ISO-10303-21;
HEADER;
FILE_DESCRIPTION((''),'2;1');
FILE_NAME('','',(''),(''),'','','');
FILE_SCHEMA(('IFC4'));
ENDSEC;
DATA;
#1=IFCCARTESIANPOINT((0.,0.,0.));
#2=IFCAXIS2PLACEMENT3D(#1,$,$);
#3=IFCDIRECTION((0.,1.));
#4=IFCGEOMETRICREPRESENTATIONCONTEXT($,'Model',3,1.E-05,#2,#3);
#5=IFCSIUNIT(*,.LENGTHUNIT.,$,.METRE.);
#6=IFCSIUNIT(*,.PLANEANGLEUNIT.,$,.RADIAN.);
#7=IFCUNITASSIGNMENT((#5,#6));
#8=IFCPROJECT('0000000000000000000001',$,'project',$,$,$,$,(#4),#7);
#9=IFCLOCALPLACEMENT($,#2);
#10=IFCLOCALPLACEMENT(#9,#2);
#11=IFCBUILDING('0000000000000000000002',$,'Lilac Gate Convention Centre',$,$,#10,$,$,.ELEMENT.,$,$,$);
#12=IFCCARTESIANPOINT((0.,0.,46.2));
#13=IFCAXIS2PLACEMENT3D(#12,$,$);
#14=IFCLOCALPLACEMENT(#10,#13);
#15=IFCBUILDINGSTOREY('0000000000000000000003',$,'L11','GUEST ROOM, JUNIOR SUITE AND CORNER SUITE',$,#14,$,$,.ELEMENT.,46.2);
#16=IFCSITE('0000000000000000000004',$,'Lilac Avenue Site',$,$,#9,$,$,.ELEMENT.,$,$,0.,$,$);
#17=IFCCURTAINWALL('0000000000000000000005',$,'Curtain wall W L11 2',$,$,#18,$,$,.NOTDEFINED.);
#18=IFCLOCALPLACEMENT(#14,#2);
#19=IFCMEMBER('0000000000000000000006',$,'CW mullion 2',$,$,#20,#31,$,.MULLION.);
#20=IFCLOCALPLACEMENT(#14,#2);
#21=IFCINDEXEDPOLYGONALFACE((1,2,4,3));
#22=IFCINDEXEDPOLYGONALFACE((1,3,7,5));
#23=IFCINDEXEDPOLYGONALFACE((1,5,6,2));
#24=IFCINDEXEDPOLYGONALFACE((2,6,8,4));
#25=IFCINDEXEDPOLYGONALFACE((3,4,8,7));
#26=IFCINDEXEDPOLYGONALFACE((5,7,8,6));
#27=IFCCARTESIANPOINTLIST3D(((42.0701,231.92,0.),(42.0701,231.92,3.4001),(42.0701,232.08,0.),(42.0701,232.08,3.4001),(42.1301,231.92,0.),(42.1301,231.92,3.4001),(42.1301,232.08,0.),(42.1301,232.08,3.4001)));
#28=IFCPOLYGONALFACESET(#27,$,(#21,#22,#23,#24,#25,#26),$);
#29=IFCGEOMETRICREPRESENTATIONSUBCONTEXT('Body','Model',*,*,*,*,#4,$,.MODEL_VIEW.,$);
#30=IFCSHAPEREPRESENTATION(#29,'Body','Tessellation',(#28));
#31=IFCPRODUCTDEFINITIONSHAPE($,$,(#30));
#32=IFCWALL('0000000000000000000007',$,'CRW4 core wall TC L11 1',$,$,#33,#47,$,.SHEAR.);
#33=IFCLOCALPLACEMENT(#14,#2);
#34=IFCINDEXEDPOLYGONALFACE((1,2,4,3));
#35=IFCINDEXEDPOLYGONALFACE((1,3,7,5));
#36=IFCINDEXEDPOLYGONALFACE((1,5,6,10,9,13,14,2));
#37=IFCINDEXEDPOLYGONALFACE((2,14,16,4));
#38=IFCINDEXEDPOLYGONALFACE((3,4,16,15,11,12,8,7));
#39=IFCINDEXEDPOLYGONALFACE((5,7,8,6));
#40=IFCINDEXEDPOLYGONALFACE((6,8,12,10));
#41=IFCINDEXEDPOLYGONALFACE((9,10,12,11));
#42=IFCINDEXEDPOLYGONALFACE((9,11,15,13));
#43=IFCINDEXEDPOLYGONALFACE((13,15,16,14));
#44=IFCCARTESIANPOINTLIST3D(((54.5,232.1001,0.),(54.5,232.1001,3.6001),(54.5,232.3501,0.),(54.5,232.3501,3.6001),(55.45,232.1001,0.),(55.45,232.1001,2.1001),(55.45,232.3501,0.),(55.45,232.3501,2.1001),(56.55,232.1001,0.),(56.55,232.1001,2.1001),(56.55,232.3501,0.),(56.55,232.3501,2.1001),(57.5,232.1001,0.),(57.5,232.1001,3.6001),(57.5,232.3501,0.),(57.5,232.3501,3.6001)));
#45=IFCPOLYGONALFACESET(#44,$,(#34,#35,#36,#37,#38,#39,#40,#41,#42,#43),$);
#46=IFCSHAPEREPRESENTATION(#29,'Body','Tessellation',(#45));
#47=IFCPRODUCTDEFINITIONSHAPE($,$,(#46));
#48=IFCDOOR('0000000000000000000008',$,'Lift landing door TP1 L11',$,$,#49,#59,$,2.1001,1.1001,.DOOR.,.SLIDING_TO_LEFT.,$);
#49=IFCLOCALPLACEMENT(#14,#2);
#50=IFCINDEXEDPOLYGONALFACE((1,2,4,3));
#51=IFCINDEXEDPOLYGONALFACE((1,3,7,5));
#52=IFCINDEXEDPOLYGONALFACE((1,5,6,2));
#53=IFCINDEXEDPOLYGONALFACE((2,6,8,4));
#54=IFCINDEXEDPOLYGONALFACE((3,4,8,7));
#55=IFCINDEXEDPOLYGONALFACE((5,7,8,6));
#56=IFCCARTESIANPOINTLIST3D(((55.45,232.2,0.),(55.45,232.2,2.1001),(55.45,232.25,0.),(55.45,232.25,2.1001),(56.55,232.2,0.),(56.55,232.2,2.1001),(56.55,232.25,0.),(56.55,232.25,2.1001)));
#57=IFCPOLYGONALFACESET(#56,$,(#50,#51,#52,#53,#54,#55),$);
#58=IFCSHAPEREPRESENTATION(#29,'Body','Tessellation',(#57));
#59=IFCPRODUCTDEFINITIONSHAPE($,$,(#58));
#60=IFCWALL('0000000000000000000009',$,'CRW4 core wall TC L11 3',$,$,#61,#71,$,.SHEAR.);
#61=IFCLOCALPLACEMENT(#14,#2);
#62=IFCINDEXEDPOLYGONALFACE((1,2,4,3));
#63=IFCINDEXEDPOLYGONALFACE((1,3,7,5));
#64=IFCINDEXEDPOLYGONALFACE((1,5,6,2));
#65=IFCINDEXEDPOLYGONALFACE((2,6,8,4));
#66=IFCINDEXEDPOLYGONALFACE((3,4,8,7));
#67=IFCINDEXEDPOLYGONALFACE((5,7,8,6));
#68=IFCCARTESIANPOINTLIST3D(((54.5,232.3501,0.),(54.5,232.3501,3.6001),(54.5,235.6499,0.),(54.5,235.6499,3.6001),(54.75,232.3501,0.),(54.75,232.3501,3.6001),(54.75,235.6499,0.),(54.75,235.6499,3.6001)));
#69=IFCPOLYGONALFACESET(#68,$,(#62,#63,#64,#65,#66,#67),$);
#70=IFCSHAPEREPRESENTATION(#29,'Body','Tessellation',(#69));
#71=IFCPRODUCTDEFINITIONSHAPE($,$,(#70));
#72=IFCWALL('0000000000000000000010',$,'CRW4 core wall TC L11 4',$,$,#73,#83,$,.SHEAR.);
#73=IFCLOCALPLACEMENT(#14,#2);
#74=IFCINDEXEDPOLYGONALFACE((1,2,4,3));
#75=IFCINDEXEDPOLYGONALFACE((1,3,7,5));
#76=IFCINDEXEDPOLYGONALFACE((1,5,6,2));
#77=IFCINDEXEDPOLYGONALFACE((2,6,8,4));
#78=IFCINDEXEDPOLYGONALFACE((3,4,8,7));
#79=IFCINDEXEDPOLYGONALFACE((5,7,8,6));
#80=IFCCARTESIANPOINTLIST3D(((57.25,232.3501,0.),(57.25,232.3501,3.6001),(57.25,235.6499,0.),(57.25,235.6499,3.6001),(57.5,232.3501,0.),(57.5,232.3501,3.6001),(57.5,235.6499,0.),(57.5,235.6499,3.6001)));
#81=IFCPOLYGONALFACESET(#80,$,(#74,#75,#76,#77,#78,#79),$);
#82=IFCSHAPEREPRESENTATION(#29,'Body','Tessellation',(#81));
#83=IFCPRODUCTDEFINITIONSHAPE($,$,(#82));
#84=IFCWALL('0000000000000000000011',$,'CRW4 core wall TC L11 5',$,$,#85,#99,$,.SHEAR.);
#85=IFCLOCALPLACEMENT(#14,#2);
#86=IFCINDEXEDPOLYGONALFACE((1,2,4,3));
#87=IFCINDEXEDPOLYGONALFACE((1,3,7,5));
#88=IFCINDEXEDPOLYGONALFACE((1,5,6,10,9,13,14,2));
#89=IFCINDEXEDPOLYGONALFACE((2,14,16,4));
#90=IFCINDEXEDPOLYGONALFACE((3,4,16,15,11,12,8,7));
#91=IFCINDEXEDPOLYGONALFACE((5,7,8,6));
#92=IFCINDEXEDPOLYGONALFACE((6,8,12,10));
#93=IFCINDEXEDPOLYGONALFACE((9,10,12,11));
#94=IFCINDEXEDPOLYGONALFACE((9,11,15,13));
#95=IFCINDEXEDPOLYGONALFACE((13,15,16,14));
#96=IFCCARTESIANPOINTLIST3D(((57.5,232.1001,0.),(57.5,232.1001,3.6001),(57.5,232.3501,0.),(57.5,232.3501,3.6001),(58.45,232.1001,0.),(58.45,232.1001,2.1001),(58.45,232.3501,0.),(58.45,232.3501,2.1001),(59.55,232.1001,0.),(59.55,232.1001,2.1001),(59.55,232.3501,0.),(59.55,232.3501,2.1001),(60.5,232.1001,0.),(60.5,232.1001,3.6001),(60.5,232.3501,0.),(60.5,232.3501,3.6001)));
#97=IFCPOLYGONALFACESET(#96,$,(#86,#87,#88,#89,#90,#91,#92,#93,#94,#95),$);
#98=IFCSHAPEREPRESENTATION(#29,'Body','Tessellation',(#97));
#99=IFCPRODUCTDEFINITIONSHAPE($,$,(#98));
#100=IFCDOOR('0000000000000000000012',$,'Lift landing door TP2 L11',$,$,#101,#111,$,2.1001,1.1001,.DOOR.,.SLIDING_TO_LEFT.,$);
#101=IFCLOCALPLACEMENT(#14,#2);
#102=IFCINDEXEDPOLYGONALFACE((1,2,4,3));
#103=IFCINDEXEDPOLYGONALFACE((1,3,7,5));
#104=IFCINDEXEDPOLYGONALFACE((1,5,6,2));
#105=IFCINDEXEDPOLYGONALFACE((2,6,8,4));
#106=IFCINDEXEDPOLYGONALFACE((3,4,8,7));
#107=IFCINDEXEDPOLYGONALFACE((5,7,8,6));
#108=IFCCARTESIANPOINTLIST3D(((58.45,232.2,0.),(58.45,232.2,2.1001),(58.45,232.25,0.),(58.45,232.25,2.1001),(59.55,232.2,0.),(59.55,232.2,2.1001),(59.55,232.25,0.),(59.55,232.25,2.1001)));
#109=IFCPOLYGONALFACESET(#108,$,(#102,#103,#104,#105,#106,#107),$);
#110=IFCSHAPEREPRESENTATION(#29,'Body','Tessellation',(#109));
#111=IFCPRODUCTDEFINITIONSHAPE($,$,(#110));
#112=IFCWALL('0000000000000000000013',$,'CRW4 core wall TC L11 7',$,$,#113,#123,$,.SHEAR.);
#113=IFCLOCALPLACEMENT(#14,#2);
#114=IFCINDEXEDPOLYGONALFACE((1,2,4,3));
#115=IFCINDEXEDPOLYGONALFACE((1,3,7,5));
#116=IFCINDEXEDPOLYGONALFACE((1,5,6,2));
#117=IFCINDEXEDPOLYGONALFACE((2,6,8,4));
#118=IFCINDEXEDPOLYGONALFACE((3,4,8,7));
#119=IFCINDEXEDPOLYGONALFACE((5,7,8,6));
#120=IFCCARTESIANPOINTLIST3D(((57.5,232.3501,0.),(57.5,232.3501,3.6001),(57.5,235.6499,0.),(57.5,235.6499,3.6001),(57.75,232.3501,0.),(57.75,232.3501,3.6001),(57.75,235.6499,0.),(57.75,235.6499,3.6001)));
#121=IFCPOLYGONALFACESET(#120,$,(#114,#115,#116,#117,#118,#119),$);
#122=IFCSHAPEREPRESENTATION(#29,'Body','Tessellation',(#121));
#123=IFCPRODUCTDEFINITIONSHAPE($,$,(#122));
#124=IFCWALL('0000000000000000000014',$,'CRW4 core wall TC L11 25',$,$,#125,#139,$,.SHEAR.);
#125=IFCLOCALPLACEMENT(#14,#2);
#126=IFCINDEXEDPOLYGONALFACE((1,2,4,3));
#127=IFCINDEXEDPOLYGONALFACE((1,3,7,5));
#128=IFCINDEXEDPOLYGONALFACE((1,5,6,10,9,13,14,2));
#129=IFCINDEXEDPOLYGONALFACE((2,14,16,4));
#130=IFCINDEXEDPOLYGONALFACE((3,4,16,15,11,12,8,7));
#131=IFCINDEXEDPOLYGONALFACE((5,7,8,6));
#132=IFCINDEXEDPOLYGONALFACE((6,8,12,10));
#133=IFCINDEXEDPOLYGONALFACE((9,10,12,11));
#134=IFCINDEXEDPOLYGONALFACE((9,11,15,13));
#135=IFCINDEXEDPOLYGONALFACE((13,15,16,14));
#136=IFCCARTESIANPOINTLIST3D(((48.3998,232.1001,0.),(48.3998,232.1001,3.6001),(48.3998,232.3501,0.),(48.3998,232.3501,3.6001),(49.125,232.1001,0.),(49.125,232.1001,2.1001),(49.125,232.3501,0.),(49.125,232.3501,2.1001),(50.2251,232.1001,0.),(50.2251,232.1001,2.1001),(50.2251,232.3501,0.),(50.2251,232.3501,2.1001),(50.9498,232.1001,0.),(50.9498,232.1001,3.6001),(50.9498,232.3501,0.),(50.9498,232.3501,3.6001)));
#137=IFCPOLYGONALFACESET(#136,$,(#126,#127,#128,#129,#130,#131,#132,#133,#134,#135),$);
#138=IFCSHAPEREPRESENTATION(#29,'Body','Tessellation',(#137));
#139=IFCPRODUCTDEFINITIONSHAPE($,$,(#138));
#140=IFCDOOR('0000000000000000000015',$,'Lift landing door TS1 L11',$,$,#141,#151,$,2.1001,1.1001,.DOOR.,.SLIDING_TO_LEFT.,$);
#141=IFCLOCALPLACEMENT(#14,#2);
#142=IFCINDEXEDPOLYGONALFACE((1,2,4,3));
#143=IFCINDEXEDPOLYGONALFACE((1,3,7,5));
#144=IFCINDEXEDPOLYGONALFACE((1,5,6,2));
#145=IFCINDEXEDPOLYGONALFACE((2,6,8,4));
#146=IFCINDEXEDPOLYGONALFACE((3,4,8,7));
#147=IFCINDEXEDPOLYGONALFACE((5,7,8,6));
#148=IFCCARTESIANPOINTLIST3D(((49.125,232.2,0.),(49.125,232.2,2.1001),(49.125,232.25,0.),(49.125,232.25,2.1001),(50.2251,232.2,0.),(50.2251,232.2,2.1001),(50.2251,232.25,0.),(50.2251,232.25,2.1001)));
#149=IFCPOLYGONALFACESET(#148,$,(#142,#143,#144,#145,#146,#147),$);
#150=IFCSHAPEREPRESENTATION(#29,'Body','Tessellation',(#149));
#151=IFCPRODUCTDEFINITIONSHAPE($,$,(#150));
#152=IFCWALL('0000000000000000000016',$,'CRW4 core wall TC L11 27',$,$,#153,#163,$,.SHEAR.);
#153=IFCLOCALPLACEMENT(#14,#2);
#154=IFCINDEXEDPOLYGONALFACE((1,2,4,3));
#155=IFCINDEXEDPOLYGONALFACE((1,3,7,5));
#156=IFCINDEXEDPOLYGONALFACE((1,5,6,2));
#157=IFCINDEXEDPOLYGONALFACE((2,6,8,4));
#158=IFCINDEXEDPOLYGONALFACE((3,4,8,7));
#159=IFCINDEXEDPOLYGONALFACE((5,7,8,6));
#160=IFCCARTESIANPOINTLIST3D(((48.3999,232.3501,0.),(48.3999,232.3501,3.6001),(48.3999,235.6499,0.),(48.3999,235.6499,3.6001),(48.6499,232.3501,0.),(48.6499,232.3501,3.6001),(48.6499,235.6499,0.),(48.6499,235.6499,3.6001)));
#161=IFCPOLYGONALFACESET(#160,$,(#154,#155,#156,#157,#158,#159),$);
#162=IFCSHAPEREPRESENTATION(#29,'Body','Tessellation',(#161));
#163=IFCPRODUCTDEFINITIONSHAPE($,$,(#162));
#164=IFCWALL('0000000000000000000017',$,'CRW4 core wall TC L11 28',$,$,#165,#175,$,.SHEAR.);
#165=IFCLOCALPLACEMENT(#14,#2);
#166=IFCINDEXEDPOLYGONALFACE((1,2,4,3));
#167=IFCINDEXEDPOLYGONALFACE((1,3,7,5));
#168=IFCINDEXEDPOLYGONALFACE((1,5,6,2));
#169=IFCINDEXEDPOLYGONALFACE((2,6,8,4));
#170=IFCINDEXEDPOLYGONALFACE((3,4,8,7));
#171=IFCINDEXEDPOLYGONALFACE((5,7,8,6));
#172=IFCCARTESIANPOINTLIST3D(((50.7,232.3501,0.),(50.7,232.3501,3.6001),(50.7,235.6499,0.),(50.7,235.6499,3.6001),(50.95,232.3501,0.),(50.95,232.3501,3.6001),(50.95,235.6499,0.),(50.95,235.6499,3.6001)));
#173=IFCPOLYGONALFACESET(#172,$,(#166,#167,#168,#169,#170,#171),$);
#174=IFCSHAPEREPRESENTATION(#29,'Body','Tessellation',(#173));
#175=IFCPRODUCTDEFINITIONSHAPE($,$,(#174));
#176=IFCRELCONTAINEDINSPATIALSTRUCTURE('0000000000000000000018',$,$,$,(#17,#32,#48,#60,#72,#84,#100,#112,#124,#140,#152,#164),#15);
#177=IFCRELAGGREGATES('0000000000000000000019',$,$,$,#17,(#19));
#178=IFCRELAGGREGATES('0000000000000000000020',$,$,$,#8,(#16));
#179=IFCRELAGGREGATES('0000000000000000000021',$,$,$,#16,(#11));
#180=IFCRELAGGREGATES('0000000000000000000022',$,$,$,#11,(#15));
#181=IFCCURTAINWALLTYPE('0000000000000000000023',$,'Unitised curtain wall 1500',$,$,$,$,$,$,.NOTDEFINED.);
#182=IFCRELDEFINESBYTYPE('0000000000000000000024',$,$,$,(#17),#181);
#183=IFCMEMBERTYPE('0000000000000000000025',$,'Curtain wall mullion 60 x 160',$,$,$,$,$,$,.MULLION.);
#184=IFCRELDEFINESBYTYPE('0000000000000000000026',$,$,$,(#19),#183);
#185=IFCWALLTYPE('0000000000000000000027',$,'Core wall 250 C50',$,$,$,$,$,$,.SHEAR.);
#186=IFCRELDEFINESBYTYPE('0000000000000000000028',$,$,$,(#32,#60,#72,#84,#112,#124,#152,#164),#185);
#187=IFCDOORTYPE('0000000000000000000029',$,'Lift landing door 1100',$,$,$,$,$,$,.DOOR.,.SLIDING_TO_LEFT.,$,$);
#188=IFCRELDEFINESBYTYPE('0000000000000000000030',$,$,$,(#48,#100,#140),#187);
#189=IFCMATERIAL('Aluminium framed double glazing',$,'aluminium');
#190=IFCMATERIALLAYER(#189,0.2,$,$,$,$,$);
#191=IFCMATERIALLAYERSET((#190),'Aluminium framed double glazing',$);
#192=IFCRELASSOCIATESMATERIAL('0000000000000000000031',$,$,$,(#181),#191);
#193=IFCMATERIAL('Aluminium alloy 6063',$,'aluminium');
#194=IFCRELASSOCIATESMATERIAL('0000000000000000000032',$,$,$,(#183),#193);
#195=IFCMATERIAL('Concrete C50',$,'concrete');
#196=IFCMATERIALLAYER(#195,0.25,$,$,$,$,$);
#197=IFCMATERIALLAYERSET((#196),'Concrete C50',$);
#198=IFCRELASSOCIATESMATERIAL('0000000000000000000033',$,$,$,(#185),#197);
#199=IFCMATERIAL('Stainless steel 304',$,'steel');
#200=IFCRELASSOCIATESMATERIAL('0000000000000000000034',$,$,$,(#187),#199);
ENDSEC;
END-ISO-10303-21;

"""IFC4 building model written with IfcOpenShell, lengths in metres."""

from ifc_helpers import new_model, si_unit, direction, frame, frame_2d, origin, origin_2d, place, context, subcontext, project, spatial, rectangle, extrude, material, layer, layer_set, material_profile, profile_set, type_object, element, fill, aggregate, save


model = new_model("IFC4")

# Units and contexts
model_context = context("Model", 3, precision=1e-05, world=origin(), true_north=direction((0.0, 1.0)))
body_context = subcontext(model_context, "Body", "Model", "MODEL_VIEW")
ifc_project = project(units=[si_unit("LENGTHUNIT", "METRE"), si_unit("PLANEANGLEUNIT", "RADIAN")], contexts=[model_context])

# Site, building, storey
site_placement = place(None, origin())
site = spatial("IfcSite", under=ifc_project, at=site_placement, Name="Lilac Avenue Site", CompositionType="ELEMENT", RefElevation=0.0)
building_placement = place(site_placement, origin())
building = spatial("IfcBuilding", under=site, at=building_placement, Name="Lilac Gate Convention Centre", CompositionType="ELEMENT")
storey_placement = place(building_placement, frame((0.0, 0.0, 46.2)))
storey = spatial("IfcBuildingStorey", under=building, at=storey_placement, Name="L11", Description="GUEST ROOM, JUNIOR SUITE AND CORNER SUITE", CompositionType="ELEMENT", Elevation=46.2)

# Curtain wall, member
ifc_material_1 = material(Name="Aluminium framed double glazing", Category="aluminium")
ifc_layer_1 = layer(ifc_material_1, 0.2)
ifc_layer_set_1 = layer_set([ifc_layer_1], Name="Aluminium framed double glazing")
curtain_wall_type = type_object("IfcCurtainWallType", Name="Unitised curtain wall 1500", PredefinedType="NOTDEFINED", material=ifc_layer_set_1)
curtain_wall_placement = place(storey_placement, origin())
curtain_wall = element("IfcCurtainWall", 1, at=curtain_wall_placement, inside=storey, type_object=curtain_wall_type, Name="Curtain wall W L11 2", PredefinedType="NOTDEFINED")
ifc_material_2 = material(Name="Aluminium alloy 6063", Category="aluminium")
ifc_material_profile = material_profile(ifc_material_2, rectangle(XDim=0.0601, YDim=0.1599, at=origin_2d()), Name="Curtain wall mullion 60 x 160")
ifc_profile_set = profile_set([ifc_material_profile], Name="Aluminium alloy 6063")
member_type = type_object("IfcMemberType", Name="Curtain wall mullion 60 x 160", PredefinedType="MULLION", material=ifc_profile_set)
member_placement = place(storey_placement, frame((42.1001, 232.0, 0.0), z_axis=(0.0, 0.0, 1.0), x_axis=(1.0, 0.0, 0.0)))
member = element("IfcMember", 2, at=member_placement, type_object=member_type, Name="CW mullion 2", PredefinedType="MULLION", context=body_context, shape_type="SweptSolid", body=[
    extrude(rectangle(XDim=0.0601, YDim=0.1599, at=origin_2d()), origin(), (0.0, 0.0, 1.0), 3.4001),
])
aggregate(curtain_wall, [member])

# Wall, opening, door
ifc_material_3 = material(Name="Concrete C50", Category="concrete")
ifc_layer_2 = layer(ifc_material_3, 0.25)
ifc_layer_set_2 = layer_set([ifc_layer_2], Name="Concrete C50")
wall_type_1 = type_object("IfcWallType", Name="Core wall 250 C50", PredefinedType="SHEAR", material=ifc_layer_set_2)
wall_1_placement = place(storey_placement, frame((54.5, 232.2251, 0.0), z_axis=(0.0, 0.0, 1.0), x_axis=(1.0, 0.0, 0.0)))
wall_1 = element("IfcWall", 3, at=wall_1_placement, inside=storey, type_object=wall_type_1, Name="CRW4 core wall TC L11 1", PredefinedType="SHEAR", context=body_context, shape_type="SweptSolid", body=[
    extrude(rectangle(XDim=3.0, YDim=0.25, at=frame_2d((1.5, 0.0))), origin(), (0.0, 0.0, 1.0), 3.6001),
])
opening_1_placement = place(wall_1_placement, frame((0.95, 0.0, 0.0)))
opening_1 = element("IfcOpeningElement", 4, at=opening_1_placement, cuts=wall_1, PredefinedType="OPENING", context=body_context, shape_type="SweptSolid", body=[
    extrude(rectangle(XDim=1.1001, YDim=2.1001, at=frame_2d((0.55, 1.05))), frame((0.0, 0.135, 0.0), z_axis=(0.0, -1.0, 0.0), x_axis=(1.0, 0.0, 0.0)), (0.0, 0.0, 1.0), 0.27),
])
ifc_material_4 = material(Name="Stainless steel 304", Category="steel")
door_type_1 = type_object("IfcDoorType", Name="Lift landing door 1100", OperationType="SLIDING_TO_LEFT", PredefinedType="DOOR", material=ifc_material_4)
door_1_placement = place(opening_1_placement, origin())
door_1 = element("IfcDoor", 5, at=door_1_placement, inside=storey, type_object=door_type_1, Name="Lift landing door TP1 L11", OperationType="SLIDING_TO_LEFT", OverallHeight=2.1001, OverallWidth=1.1001, PredefinedType="DOOR", context=body_context, shape_type="SweptSolid", body=[
    extrude(rectangle(XDim=1.1001, YDim=2.1001, at=frame_2d((0.55, 1.05))), frame((0.0, 0.0249, 0.0), z_axis=(0.0, -1.0, 0.0), x_axis=(1.0, 0.0, 0.0)), (0.0, 0.0, 1.0), 0.05),
])
fill(opening_1, door_1)

# Walls
for number, where, z_axis, x_axis, name in (
    (6, (54.625, 232.3501, 0.0), (0.0, 0.0, 1.0), (0.0, 1.0, 0.0), "CRW4 core wall TC L11 3"),
    (7, (57.375, 232.3501, 0.0), (0.0, 0.0, 1.0), (0.0, 1.0, 0.0), "CRW4 core wall TC L11 4"),
):
    element("IfcWall", number, at=place(storey_placement, frame(where, z_axis=z_axis, x_axis=x_axis)), inside=storey, type_object=wall_type_1, Name=name, PredefinedType="SHEAR", context=body_context, shape_type="SweptSolid", body=[
        extrude(rectangle(XDim=3.2998, YDim=0.25, at=frame_2d((1.6499, 0.0))), origin(), (0.0, 0.0, 1.0), 3.6001),
    ])

# Wall, opening, door
wall_2_placement = place(storey_placement, frame((57.5, 232.2251, 0.0), z_axis=(0.0, 0.0, 1.0), x_axis=(1.0, 0.0, 0.0)))
wall_2 = element("IfcWall", 8, at=wall_2_placement, inside=storey, type_object=wall_type_1, Name="CRW4 core wall TC L11 5", PredefinedType="SHEAR", context=body_context, shape_type="SweptSolid", body=[
    extrude(rectangle(XDim=3.0, YDim=0.25, at=frame_2d((1.5, 0.0))), origin(), (0.0, 0.0, 1.0), 3.6001),
])
opening_2_placement = place(wall_2_placement, frame((0.95, 0.0, 0.0)))
opening_2 = element("IfcOpeningElement", 9, at=opening_2_placement, cuts=wall_2, PredefinedType="OPENING", context=body_context, shape_type="SweptSolid", body=[
    extrude(rectangle(XDim=1.1001, YDim=2.1001, at=frame_2d((0.55, 1.05))), frame((0.0, 0.135, 0.0), z_axis=(0.0, -1.0, 0.0), x_axis=(1.0, 0.0, 0.0)), (0.0, 0.0, 1.0), 0.27),
])
door_2_placement = place(opening_2_placement, origin())
door_2 = element("IfcDoor", 10, at=door_2_placement, inside=storey, type_object=door_type_1, Name="Lift landing door TP2 L11", OperationType="SLIDING_TO_LEFT", OverallHeight=2.1001, OverallWidth=1.1001, PredefinedType="DOOR", context=body_context, shape_type="SweptSolid", body=[
    extrude(rectangle(XDim=1.1001, YDim=2.1001, at=frame_2d((0.55, 1.05))), frame((0.0, 0.0249, 0.0), z_axis=(0.0, -1.0, 0.0), x_axis=(1.0, 0.0, 0.0)), (0.0, 0.0, 1.0), 0.05),
])
fill(opening_2, door_2)

# Wall
wall_3_placement = place(storey_placement, frame((57.625, 232.3501, 0.0), z_axis=(0.0, 0.0, 1.0), x_axis=(0.0, 1.0, 0.0)))
element("IfcWall", 11, at=wall_3_placement, inside=storey, type_object=wall_type_1, Name="CRW4 core wall TC L11 7", PredefinedType="SHEAR", context=body_context, shape_type="SweptSolid", body=[
    extrude(rectangle(XDim=3.2998, YDim=0.25, at=frame_2d((1.6499, 0.0))), origin(), (0.0, 0.0, 1.0), 3.6001),
])

# Wall, opening, door
wall_4_placement = place(storey_placement, frame((48.3999, 232.2251, 0.0), z_axis=(0.0, 0.0, 1.0), x_axis=(1.0, 0.0, 0.0)))
wall_4 = element("IfcWall", 12, at=wall_4_placement, inside=storey, type_object=wall_type_1, Name="CRW4 core wall TC L11 25", PredefinedType="SHEAR", context=body_context, shape_type="SweptSolid", body=[
    extrude(rectangle(XDim=2.55, YDim=0.25, at=frame_2d((1.2749, 0.0))), origin(), (0.0, 0.0, 1.0), 3.6001),
])
opening_3_placement = place(wall_4_placement, frame((0.7251, 0.0, 0.0)))
opening_3 = element("IfcOpeningElement", 13, at=opening_3_placement, cuts=wall_4, PredefinedType="OPENING", context=body_context, shape_type="SweptSolid", body=[
    extrude(rectangle(XDim=1.1001, YDim=2.1001, at=frame_2d((0.55, 1.05))), frame((0.0, 0.135, 0.0), z_axis=(0.0, -1.0, 0.0), x_axis=(1.0, 0.0, 0.0)), (0.0, 0.0, 1.0), 0.27),
])
door_3_placement = place(opening_3_placement, origin())
door_3 = element("IfcDoor", 14, at=door_3_placement, inside=storey, type_object=door_type_1, Name="Lift landing door TS1 L11", OperationType="SLIDING_TO_LEFT", OverallHeight=2.1001, OverallWidth=1.1001, PredefinedType="DOOR", context=body_context, shape_type="SweptSolid", body=[
    extrude(rectangle(XDim=1.1001, YDim=2.1001, at=frame_2d((0.55, 1.05))), frame((0.0, 0.0249, 0.0), z_axis=(0.0, -1.0, 0.0), x_axis=(1.0, 0.0, 0.0)), (0.0, 0.0, 1.0), 0.05),
])
fill(opening_3, door_3)

# Walls
for number, where, z_axis, x_axis, name in (
    (15, (48.5249, 232.3501, 0.0), (0.0, 0.0, 1.0), (0.0, 1.0, 0.0), "CRW4 core wall TC L11 27"),
    (16, (50.825, 232.3501, 0.0), (0.0, 0.0, 1.0), (0.0, 1.0, 0.0), "CRW4 core wall TC L11 28"),
):
    element("IfcWall", number, at=place(storey_placement, frame(where, z_axis=z_axis, x_axis=x_axis)), inside=storey, type_object=wall_type_1, Name=name, PredefinedType="SHEAR", context=body_context, shape_type="SweptSolid", body=[
        extrude(rectangle(XDim=3.2998, YDim=0.25, at=frame_2d((1.6499, 0.0))), origin(), (0.0, 0.0, 1.0), 3.6001),
    ])

save(model, "model.ifc")
